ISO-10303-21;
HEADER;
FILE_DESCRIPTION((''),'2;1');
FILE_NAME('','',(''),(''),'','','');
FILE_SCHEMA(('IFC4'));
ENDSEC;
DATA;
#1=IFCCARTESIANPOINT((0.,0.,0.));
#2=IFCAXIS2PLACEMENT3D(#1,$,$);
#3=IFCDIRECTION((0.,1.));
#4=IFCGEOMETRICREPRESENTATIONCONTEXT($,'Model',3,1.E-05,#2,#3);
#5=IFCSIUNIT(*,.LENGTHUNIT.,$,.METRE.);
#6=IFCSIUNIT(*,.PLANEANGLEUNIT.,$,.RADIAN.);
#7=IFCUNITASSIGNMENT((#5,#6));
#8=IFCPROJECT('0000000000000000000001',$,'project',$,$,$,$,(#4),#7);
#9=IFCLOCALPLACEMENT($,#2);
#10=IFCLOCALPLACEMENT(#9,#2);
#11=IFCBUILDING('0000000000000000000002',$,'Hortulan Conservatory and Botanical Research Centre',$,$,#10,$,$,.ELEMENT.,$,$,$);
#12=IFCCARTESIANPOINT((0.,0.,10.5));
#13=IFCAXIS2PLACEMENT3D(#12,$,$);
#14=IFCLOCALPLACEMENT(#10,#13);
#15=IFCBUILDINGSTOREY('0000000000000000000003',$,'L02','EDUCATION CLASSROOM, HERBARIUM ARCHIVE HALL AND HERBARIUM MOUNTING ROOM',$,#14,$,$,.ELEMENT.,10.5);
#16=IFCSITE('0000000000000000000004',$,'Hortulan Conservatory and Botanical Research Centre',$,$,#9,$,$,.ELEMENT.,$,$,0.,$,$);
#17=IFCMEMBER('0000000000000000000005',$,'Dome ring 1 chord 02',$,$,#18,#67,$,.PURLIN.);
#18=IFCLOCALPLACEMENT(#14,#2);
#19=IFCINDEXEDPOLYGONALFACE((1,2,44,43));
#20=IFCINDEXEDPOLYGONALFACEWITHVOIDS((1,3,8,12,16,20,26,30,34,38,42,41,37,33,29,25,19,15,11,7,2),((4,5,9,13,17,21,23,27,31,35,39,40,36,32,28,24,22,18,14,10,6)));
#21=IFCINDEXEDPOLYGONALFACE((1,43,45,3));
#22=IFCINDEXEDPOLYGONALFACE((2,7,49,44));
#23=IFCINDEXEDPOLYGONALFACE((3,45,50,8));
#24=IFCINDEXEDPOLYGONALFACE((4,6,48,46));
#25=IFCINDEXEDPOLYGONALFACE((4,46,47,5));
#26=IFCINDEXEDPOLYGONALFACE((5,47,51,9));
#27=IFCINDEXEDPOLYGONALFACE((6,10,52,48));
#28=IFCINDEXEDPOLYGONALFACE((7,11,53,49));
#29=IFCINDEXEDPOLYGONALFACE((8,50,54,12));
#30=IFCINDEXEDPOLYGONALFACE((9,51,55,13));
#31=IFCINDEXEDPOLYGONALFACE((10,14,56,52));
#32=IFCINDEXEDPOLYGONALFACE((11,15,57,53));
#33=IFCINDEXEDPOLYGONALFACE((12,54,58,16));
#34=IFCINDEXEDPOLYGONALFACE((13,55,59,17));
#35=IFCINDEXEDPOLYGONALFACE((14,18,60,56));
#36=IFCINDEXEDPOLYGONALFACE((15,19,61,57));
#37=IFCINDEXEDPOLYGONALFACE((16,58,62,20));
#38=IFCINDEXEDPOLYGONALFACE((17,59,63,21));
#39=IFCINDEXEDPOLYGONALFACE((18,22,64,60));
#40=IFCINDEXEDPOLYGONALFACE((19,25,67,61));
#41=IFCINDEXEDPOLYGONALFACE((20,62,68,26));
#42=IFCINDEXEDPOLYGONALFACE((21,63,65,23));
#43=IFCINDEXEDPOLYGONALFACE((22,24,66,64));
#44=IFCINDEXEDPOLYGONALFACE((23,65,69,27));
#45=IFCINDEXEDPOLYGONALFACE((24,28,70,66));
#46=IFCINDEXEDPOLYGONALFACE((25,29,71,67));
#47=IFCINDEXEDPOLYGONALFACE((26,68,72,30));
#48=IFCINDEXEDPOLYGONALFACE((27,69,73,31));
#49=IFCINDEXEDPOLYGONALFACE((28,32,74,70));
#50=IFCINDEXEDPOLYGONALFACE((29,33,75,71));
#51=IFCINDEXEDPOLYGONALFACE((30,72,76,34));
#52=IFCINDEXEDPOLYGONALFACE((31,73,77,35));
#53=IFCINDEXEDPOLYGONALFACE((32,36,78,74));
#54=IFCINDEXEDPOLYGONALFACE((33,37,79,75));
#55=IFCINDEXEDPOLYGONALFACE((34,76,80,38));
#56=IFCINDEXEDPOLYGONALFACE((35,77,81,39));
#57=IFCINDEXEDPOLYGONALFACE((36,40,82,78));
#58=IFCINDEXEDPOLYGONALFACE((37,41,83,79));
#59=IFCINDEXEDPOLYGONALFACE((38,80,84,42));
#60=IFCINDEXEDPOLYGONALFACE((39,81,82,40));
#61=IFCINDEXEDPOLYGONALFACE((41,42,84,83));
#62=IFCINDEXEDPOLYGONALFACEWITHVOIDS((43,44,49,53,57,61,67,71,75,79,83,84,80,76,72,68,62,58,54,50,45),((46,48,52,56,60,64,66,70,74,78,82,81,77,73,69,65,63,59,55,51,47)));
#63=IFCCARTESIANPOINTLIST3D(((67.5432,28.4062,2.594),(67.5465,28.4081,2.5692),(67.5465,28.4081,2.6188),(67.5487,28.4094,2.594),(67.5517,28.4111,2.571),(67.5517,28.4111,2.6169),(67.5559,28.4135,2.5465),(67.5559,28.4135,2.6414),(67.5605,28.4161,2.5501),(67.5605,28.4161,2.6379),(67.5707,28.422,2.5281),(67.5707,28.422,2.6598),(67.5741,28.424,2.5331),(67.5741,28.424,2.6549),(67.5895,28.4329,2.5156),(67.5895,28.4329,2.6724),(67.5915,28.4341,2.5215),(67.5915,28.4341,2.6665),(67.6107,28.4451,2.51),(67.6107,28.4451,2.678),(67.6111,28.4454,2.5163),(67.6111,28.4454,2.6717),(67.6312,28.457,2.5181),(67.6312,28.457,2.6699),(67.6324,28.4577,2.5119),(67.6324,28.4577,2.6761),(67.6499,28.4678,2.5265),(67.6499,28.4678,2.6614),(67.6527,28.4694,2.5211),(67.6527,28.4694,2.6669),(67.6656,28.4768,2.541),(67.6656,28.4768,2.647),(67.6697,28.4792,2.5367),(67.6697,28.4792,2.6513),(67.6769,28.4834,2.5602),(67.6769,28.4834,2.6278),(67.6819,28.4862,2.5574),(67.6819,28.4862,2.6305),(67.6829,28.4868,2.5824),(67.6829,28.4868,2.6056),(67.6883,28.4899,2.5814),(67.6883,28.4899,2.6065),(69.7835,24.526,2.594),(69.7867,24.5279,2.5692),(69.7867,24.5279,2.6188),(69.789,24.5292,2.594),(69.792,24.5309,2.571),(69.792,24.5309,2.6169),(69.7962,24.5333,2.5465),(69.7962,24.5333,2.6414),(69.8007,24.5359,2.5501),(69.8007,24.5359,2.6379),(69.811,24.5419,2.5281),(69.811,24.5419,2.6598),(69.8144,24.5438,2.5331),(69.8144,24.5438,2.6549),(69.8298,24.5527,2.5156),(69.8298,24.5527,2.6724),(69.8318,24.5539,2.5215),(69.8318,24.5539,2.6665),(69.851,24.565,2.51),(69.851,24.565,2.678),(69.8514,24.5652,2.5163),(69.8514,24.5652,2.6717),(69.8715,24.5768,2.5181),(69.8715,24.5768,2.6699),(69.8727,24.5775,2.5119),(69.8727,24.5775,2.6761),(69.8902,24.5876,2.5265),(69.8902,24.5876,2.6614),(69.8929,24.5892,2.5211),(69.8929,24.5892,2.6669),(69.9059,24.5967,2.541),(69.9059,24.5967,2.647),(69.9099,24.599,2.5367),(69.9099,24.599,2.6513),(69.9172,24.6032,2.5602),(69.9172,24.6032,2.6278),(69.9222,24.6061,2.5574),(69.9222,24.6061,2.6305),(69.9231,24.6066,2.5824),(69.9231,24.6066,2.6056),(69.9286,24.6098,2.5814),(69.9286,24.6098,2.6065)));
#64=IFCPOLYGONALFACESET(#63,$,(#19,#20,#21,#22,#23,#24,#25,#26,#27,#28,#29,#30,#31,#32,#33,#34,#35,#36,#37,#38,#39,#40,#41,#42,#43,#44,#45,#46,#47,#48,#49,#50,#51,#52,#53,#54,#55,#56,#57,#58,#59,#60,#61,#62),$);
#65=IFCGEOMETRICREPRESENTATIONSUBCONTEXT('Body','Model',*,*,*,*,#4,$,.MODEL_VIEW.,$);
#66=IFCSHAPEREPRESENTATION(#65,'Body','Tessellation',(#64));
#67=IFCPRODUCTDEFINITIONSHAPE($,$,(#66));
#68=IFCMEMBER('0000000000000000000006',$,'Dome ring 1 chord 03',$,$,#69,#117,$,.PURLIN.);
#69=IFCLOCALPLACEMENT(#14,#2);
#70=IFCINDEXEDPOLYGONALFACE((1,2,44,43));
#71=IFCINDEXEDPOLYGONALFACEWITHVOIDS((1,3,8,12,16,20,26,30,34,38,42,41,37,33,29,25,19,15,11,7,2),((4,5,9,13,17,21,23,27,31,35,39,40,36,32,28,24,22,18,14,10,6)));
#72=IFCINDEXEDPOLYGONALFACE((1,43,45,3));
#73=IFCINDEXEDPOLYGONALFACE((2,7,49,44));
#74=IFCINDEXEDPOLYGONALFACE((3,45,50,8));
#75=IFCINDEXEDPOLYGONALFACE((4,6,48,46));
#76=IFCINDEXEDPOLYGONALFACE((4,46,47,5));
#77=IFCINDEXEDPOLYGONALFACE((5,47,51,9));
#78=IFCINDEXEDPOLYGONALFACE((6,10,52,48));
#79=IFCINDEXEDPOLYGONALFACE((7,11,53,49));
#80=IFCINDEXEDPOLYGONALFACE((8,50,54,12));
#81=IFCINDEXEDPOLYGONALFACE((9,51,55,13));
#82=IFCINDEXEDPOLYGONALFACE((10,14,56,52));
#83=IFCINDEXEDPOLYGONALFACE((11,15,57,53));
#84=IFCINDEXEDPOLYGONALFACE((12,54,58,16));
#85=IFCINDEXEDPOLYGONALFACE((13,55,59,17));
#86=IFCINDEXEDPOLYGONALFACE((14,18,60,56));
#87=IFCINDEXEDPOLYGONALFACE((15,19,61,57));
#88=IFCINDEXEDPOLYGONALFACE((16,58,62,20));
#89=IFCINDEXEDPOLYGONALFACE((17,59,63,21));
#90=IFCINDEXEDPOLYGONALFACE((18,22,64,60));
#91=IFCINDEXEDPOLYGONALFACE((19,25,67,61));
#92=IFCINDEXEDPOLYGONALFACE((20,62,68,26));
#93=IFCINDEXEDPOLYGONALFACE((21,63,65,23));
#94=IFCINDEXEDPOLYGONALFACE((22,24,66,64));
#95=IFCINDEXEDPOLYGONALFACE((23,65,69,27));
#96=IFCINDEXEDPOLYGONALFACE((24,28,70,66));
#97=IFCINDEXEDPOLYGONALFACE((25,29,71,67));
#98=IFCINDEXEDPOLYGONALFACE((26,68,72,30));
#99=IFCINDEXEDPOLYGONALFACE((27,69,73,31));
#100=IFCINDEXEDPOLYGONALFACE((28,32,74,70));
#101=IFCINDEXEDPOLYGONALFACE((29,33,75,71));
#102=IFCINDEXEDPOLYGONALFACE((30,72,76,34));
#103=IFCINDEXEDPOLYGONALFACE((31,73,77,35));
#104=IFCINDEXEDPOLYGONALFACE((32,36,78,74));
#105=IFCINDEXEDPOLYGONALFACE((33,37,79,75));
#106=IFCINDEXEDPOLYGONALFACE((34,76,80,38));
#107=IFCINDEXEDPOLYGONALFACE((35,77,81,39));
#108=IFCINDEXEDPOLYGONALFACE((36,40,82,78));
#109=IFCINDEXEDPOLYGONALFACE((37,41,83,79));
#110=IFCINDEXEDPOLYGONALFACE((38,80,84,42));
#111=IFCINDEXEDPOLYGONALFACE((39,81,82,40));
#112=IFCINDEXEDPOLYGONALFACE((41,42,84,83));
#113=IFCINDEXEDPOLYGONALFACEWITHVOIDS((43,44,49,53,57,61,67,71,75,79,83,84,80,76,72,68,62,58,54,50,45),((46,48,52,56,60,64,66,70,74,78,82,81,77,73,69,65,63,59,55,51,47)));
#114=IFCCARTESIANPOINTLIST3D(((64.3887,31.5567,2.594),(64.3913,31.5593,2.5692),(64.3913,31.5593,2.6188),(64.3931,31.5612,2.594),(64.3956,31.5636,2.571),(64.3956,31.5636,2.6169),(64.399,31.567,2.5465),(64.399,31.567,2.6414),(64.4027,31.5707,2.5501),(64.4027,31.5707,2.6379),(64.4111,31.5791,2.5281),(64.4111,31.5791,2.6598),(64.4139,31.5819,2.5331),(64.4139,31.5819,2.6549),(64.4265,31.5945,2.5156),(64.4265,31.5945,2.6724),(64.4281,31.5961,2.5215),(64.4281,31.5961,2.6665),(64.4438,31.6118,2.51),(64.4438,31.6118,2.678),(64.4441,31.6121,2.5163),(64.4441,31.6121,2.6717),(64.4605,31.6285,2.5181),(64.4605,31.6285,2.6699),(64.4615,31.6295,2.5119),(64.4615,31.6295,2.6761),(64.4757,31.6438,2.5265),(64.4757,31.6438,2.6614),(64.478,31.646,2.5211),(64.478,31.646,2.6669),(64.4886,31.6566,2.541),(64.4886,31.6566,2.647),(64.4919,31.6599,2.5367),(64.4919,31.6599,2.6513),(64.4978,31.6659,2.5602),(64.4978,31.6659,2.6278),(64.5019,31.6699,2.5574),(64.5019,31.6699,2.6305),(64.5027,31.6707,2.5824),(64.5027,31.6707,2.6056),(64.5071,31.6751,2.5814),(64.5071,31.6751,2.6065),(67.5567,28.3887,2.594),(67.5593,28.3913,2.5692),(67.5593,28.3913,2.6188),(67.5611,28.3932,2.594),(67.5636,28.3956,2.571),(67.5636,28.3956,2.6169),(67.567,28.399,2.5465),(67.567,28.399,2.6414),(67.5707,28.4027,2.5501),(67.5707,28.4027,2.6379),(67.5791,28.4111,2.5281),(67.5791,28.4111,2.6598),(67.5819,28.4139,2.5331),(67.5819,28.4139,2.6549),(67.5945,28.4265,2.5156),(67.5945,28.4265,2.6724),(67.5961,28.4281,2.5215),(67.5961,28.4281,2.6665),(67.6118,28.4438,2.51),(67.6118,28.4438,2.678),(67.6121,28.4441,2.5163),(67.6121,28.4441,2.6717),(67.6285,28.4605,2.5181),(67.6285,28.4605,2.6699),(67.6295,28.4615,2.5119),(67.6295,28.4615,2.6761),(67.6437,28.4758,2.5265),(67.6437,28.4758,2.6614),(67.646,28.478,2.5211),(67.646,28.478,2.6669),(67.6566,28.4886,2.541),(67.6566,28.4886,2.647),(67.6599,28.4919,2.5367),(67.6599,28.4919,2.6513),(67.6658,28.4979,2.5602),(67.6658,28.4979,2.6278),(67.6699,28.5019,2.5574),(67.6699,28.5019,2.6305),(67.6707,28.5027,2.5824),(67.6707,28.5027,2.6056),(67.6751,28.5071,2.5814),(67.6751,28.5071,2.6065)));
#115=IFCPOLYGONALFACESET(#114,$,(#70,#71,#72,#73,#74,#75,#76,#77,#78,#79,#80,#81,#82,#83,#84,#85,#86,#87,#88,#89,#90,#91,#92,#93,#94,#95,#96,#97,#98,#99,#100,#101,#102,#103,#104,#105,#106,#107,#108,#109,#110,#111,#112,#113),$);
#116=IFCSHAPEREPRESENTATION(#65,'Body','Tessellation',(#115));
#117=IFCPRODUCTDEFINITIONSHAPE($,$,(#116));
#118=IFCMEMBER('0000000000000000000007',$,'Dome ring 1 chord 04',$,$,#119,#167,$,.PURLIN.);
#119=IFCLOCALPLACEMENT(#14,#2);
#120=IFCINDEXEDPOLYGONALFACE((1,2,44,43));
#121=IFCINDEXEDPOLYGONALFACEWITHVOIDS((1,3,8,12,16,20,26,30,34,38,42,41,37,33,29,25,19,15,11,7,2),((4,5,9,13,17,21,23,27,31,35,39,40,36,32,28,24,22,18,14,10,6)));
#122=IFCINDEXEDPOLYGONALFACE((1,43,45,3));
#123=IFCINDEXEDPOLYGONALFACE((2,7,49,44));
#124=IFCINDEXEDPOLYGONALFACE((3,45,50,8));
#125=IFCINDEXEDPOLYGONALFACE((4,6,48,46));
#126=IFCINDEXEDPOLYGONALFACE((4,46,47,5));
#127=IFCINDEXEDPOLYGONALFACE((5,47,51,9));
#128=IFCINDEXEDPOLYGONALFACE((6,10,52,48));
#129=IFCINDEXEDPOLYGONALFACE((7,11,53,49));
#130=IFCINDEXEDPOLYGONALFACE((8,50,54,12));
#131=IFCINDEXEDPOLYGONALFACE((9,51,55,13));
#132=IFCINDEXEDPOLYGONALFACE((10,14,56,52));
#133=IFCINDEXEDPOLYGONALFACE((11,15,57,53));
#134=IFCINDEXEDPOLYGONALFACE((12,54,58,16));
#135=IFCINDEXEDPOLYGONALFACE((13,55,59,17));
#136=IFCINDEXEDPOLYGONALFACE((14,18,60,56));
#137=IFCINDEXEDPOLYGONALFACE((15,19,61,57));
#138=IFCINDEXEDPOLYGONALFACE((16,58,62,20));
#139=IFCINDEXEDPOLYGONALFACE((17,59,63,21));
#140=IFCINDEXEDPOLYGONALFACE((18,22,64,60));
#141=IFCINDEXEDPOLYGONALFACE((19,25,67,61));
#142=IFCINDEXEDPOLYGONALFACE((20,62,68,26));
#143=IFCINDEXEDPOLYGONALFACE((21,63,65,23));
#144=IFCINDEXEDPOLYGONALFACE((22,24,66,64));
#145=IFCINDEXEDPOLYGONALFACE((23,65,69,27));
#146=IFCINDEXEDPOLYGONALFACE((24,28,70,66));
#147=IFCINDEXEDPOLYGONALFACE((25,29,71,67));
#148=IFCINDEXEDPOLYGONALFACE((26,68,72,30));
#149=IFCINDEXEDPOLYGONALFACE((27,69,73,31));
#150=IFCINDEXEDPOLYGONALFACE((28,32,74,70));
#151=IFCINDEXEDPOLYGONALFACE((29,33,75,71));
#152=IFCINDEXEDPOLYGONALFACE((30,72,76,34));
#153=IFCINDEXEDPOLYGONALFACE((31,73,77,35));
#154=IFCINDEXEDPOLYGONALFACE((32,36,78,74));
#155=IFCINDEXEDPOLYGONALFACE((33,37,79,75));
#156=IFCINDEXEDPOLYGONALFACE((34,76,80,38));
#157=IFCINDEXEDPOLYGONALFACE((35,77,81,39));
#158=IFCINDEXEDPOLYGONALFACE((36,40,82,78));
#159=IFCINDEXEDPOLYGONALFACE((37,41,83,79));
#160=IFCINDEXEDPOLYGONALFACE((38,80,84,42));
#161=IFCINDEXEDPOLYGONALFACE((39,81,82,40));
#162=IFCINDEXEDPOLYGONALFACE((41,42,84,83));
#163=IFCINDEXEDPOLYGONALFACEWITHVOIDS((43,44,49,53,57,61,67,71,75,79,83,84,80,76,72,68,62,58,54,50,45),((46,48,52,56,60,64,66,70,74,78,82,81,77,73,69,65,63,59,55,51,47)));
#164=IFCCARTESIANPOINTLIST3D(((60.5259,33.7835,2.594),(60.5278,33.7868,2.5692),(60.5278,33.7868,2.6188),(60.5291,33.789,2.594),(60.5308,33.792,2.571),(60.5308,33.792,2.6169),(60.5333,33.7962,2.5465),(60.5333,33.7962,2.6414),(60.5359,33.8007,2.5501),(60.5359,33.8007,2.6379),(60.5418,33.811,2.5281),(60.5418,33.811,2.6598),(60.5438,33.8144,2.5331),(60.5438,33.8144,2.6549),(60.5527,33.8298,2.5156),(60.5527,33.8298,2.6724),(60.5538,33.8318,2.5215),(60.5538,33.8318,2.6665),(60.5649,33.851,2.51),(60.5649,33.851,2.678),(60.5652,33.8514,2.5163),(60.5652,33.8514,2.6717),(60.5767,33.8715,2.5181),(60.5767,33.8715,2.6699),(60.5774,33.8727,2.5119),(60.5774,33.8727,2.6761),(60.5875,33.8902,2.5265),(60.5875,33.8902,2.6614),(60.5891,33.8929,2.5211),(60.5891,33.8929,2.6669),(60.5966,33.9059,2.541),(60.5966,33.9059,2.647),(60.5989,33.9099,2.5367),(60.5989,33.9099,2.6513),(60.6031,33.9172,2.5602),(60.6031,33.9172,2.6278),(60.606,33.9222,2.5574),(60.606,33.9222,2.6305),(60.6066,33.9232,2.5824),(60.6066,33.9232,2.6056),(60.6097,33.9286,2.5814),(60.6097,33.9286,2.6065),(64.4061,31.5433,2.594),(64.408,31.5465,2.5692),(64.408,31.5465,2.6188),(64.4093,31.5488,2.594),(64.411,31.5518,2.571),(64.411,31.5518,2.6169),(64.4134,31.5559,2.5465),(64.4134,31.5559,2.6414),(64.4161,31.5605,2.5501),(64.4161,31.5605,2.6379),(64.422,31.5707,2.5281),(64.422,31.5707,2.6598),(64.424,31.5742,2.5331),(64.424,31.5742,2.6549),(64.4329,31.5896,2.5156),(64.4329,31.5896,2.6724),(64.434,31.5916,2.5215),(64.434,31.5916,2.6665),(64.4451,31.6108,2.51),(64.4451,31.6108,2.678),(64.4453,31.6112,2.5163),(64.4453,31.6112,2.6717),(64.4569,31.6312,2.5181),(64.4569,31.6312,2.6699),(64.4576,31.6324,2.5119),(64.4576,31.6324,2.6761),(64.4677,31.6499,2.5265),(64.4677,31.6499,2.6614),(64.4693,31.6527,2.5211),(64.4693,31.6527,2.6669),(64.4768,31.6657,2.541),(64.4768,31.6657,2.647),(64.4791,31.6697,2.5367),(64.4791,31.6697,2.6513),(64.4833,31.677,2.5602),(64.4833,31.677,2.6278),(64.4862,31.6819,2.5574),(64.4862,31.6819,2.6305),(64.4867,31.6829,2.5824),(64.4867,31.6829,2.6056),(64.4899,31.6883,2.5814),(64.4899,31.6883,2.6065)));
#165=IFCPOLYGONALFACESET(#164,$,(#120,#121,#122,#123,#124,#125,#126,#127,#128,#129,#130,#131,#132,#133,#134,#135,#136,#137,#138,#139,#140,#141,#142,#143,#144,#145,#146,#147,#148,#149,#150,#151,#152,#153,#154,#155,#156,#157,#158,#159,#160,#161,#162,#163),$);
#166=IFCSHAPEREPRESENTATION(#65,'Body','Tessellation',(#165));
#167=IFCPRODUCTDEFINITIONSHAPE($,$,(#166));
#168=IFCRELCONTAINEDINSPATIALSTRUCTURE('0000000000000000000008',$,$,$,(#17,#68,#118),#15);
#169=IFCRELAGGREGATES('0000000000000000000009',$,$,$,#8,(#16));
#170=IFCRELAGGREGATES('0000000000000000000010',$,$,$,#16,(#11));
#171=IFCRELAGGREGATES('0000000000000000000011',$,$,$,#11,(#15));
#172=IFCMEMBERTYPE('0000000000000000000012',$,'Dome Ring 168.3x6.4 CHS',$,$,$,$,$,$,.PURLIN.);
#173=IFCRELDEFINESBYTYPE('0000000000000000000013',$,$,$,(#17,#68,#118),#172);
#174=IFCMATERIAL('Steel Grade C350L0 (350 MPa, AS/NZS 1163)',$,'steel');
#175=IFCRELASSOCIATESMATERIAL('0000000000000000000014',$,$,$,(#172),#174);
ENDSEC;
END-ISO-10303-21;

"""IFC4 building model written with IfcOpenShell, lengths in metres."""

from ifc_helpers import new_model, si_unit, direction, frame, origin, origin_2d, place, context, subcontext, project, spatial, hollow_circle, extrude, material, material_profile, profile_set, type_object, element, save


model = new_model("IFC4")

# Units and contexts
model_context = context("Model", 3, precision=1e-05, world=origin(), true_north=direction((0.0, 1.0)))
body_context = subcontext(model_context, "Body", "Model", "MODEL_VIEW")
ifc_project = project(units=[si_unit("LENGTHUNIT", "METRE"), si_unit("PLANEANGLEUNIT", "RADIAN")], contexts=[model_context])

# Site, building, storey
site_placement = place(None, origin())
site = spatial("IfcSite", under=ifc_project, at=site_placement, Name="Hortulan Conservatory and Botanical Research Centre", CompositionType="ELEMENT", RefElevation=0.0)
building_placement = place(site_placement, origin())
building = spatial("IfcBuilding", under=site, at=building_placement, Name="Hortulan Conservatory and Botanical Research Centre", CompositionType="ELEMENT")
storey_placement = place(building_placement, frame((0.0, 0.0, 10.5)))
storey = spatial("IfcBuildingStorey", under=building, at=storey_placement, Name="L02", Description="EDUCATION CLASSROOM, HERBARIUM ARCHIVE HALL AND HERBARIUM MOUNTING ROOM", CompositionType="ELEMENT", Elevation=10.5)

# Shared definitions
ifc_material_1 = material(Name="Steel Grade C350L0 (350 MPa, AS/NZS 1163)", Category="steel")

# Members
ifc_material_profile_1 = material_profile(ifc_material_1, hollow_circle(Radius=0.0842, WallThickness=0.0063, at=origin_2d()), Name="168.3x6.4CHS")
ifc_profile_set_1 = profile_set([ifc_material_profile_1], Name="Steel Grade C350L0 (350 MPa, AS/NZS 1163)")
member_type_1 = type_object("IfcMemberType", Name="Dome Ring 168.3x6.4 CHS", PredefinedType="PURLIN", material=ifc_profile_set_1)
member_1_placement = place(storey_placement, frame((69.8564, 24.5681, 2.594), z_axis=(-0.500007, 0.866021, 0.0), x_axis=(-0.866021, -0.500007, 0.0)))
element("IfcMember", 1, at=member_1_placement, inside=storey, type_object=member_type_1, Name="Dome ring 1 chord 02", PredefinedType="PURLIN", context=body_context, shape_type="SweptSolid", body=[
    extrude(hollow_circle(Radius=0.0842, WallThickness=0.0063, at=origin_2d()), origin(), (0.0, 0.0, 1.0), 4.4805),
])
member_2_placement = place(storey_placement, frame((67.6162, 28.4482, 2.594), z_axis=(-0.707107, 0.707107, 0.0), x_axis=(-0.707107, -0.707107, 0.0)))
element("IfcMember", 2, at=member_2_placement, inside=storey, type_object=member_type_1, Name="Dome ring 1 chord 03", PredefinedType="PURLIN", context=body_context, shape_type="SweptSolid", body=[
    extrude(hollow_circle(Radius=0.0842, WallThickness=0.0063, at=origin_2d()), origin(), (0.0, 0.0, 1.0), 4.4802),
])
member_3_placement = place(storey_placement, frame((64.4482, 31.6162, 2.594), z_axis=(-0.866021, 0.500007, 0.0), x_axis=(-0.500007, -0.866021, 0.0)))
element("IfcMember", 3, at=member_3_placement, inside=storey, type_object=member_type_1, Name="Dome ring 1 chord 04", PredefinedType="PURLIN", context=body_context, shape_type="SweptSolid", body=[
    extrude(hollow_circle(Radius=0.0842, WallThickness=0.0063, at=origin_2d()), origin(), (0.0, 0.0, 1.0), 4.4805),
])

save(model, "model.ifc")
